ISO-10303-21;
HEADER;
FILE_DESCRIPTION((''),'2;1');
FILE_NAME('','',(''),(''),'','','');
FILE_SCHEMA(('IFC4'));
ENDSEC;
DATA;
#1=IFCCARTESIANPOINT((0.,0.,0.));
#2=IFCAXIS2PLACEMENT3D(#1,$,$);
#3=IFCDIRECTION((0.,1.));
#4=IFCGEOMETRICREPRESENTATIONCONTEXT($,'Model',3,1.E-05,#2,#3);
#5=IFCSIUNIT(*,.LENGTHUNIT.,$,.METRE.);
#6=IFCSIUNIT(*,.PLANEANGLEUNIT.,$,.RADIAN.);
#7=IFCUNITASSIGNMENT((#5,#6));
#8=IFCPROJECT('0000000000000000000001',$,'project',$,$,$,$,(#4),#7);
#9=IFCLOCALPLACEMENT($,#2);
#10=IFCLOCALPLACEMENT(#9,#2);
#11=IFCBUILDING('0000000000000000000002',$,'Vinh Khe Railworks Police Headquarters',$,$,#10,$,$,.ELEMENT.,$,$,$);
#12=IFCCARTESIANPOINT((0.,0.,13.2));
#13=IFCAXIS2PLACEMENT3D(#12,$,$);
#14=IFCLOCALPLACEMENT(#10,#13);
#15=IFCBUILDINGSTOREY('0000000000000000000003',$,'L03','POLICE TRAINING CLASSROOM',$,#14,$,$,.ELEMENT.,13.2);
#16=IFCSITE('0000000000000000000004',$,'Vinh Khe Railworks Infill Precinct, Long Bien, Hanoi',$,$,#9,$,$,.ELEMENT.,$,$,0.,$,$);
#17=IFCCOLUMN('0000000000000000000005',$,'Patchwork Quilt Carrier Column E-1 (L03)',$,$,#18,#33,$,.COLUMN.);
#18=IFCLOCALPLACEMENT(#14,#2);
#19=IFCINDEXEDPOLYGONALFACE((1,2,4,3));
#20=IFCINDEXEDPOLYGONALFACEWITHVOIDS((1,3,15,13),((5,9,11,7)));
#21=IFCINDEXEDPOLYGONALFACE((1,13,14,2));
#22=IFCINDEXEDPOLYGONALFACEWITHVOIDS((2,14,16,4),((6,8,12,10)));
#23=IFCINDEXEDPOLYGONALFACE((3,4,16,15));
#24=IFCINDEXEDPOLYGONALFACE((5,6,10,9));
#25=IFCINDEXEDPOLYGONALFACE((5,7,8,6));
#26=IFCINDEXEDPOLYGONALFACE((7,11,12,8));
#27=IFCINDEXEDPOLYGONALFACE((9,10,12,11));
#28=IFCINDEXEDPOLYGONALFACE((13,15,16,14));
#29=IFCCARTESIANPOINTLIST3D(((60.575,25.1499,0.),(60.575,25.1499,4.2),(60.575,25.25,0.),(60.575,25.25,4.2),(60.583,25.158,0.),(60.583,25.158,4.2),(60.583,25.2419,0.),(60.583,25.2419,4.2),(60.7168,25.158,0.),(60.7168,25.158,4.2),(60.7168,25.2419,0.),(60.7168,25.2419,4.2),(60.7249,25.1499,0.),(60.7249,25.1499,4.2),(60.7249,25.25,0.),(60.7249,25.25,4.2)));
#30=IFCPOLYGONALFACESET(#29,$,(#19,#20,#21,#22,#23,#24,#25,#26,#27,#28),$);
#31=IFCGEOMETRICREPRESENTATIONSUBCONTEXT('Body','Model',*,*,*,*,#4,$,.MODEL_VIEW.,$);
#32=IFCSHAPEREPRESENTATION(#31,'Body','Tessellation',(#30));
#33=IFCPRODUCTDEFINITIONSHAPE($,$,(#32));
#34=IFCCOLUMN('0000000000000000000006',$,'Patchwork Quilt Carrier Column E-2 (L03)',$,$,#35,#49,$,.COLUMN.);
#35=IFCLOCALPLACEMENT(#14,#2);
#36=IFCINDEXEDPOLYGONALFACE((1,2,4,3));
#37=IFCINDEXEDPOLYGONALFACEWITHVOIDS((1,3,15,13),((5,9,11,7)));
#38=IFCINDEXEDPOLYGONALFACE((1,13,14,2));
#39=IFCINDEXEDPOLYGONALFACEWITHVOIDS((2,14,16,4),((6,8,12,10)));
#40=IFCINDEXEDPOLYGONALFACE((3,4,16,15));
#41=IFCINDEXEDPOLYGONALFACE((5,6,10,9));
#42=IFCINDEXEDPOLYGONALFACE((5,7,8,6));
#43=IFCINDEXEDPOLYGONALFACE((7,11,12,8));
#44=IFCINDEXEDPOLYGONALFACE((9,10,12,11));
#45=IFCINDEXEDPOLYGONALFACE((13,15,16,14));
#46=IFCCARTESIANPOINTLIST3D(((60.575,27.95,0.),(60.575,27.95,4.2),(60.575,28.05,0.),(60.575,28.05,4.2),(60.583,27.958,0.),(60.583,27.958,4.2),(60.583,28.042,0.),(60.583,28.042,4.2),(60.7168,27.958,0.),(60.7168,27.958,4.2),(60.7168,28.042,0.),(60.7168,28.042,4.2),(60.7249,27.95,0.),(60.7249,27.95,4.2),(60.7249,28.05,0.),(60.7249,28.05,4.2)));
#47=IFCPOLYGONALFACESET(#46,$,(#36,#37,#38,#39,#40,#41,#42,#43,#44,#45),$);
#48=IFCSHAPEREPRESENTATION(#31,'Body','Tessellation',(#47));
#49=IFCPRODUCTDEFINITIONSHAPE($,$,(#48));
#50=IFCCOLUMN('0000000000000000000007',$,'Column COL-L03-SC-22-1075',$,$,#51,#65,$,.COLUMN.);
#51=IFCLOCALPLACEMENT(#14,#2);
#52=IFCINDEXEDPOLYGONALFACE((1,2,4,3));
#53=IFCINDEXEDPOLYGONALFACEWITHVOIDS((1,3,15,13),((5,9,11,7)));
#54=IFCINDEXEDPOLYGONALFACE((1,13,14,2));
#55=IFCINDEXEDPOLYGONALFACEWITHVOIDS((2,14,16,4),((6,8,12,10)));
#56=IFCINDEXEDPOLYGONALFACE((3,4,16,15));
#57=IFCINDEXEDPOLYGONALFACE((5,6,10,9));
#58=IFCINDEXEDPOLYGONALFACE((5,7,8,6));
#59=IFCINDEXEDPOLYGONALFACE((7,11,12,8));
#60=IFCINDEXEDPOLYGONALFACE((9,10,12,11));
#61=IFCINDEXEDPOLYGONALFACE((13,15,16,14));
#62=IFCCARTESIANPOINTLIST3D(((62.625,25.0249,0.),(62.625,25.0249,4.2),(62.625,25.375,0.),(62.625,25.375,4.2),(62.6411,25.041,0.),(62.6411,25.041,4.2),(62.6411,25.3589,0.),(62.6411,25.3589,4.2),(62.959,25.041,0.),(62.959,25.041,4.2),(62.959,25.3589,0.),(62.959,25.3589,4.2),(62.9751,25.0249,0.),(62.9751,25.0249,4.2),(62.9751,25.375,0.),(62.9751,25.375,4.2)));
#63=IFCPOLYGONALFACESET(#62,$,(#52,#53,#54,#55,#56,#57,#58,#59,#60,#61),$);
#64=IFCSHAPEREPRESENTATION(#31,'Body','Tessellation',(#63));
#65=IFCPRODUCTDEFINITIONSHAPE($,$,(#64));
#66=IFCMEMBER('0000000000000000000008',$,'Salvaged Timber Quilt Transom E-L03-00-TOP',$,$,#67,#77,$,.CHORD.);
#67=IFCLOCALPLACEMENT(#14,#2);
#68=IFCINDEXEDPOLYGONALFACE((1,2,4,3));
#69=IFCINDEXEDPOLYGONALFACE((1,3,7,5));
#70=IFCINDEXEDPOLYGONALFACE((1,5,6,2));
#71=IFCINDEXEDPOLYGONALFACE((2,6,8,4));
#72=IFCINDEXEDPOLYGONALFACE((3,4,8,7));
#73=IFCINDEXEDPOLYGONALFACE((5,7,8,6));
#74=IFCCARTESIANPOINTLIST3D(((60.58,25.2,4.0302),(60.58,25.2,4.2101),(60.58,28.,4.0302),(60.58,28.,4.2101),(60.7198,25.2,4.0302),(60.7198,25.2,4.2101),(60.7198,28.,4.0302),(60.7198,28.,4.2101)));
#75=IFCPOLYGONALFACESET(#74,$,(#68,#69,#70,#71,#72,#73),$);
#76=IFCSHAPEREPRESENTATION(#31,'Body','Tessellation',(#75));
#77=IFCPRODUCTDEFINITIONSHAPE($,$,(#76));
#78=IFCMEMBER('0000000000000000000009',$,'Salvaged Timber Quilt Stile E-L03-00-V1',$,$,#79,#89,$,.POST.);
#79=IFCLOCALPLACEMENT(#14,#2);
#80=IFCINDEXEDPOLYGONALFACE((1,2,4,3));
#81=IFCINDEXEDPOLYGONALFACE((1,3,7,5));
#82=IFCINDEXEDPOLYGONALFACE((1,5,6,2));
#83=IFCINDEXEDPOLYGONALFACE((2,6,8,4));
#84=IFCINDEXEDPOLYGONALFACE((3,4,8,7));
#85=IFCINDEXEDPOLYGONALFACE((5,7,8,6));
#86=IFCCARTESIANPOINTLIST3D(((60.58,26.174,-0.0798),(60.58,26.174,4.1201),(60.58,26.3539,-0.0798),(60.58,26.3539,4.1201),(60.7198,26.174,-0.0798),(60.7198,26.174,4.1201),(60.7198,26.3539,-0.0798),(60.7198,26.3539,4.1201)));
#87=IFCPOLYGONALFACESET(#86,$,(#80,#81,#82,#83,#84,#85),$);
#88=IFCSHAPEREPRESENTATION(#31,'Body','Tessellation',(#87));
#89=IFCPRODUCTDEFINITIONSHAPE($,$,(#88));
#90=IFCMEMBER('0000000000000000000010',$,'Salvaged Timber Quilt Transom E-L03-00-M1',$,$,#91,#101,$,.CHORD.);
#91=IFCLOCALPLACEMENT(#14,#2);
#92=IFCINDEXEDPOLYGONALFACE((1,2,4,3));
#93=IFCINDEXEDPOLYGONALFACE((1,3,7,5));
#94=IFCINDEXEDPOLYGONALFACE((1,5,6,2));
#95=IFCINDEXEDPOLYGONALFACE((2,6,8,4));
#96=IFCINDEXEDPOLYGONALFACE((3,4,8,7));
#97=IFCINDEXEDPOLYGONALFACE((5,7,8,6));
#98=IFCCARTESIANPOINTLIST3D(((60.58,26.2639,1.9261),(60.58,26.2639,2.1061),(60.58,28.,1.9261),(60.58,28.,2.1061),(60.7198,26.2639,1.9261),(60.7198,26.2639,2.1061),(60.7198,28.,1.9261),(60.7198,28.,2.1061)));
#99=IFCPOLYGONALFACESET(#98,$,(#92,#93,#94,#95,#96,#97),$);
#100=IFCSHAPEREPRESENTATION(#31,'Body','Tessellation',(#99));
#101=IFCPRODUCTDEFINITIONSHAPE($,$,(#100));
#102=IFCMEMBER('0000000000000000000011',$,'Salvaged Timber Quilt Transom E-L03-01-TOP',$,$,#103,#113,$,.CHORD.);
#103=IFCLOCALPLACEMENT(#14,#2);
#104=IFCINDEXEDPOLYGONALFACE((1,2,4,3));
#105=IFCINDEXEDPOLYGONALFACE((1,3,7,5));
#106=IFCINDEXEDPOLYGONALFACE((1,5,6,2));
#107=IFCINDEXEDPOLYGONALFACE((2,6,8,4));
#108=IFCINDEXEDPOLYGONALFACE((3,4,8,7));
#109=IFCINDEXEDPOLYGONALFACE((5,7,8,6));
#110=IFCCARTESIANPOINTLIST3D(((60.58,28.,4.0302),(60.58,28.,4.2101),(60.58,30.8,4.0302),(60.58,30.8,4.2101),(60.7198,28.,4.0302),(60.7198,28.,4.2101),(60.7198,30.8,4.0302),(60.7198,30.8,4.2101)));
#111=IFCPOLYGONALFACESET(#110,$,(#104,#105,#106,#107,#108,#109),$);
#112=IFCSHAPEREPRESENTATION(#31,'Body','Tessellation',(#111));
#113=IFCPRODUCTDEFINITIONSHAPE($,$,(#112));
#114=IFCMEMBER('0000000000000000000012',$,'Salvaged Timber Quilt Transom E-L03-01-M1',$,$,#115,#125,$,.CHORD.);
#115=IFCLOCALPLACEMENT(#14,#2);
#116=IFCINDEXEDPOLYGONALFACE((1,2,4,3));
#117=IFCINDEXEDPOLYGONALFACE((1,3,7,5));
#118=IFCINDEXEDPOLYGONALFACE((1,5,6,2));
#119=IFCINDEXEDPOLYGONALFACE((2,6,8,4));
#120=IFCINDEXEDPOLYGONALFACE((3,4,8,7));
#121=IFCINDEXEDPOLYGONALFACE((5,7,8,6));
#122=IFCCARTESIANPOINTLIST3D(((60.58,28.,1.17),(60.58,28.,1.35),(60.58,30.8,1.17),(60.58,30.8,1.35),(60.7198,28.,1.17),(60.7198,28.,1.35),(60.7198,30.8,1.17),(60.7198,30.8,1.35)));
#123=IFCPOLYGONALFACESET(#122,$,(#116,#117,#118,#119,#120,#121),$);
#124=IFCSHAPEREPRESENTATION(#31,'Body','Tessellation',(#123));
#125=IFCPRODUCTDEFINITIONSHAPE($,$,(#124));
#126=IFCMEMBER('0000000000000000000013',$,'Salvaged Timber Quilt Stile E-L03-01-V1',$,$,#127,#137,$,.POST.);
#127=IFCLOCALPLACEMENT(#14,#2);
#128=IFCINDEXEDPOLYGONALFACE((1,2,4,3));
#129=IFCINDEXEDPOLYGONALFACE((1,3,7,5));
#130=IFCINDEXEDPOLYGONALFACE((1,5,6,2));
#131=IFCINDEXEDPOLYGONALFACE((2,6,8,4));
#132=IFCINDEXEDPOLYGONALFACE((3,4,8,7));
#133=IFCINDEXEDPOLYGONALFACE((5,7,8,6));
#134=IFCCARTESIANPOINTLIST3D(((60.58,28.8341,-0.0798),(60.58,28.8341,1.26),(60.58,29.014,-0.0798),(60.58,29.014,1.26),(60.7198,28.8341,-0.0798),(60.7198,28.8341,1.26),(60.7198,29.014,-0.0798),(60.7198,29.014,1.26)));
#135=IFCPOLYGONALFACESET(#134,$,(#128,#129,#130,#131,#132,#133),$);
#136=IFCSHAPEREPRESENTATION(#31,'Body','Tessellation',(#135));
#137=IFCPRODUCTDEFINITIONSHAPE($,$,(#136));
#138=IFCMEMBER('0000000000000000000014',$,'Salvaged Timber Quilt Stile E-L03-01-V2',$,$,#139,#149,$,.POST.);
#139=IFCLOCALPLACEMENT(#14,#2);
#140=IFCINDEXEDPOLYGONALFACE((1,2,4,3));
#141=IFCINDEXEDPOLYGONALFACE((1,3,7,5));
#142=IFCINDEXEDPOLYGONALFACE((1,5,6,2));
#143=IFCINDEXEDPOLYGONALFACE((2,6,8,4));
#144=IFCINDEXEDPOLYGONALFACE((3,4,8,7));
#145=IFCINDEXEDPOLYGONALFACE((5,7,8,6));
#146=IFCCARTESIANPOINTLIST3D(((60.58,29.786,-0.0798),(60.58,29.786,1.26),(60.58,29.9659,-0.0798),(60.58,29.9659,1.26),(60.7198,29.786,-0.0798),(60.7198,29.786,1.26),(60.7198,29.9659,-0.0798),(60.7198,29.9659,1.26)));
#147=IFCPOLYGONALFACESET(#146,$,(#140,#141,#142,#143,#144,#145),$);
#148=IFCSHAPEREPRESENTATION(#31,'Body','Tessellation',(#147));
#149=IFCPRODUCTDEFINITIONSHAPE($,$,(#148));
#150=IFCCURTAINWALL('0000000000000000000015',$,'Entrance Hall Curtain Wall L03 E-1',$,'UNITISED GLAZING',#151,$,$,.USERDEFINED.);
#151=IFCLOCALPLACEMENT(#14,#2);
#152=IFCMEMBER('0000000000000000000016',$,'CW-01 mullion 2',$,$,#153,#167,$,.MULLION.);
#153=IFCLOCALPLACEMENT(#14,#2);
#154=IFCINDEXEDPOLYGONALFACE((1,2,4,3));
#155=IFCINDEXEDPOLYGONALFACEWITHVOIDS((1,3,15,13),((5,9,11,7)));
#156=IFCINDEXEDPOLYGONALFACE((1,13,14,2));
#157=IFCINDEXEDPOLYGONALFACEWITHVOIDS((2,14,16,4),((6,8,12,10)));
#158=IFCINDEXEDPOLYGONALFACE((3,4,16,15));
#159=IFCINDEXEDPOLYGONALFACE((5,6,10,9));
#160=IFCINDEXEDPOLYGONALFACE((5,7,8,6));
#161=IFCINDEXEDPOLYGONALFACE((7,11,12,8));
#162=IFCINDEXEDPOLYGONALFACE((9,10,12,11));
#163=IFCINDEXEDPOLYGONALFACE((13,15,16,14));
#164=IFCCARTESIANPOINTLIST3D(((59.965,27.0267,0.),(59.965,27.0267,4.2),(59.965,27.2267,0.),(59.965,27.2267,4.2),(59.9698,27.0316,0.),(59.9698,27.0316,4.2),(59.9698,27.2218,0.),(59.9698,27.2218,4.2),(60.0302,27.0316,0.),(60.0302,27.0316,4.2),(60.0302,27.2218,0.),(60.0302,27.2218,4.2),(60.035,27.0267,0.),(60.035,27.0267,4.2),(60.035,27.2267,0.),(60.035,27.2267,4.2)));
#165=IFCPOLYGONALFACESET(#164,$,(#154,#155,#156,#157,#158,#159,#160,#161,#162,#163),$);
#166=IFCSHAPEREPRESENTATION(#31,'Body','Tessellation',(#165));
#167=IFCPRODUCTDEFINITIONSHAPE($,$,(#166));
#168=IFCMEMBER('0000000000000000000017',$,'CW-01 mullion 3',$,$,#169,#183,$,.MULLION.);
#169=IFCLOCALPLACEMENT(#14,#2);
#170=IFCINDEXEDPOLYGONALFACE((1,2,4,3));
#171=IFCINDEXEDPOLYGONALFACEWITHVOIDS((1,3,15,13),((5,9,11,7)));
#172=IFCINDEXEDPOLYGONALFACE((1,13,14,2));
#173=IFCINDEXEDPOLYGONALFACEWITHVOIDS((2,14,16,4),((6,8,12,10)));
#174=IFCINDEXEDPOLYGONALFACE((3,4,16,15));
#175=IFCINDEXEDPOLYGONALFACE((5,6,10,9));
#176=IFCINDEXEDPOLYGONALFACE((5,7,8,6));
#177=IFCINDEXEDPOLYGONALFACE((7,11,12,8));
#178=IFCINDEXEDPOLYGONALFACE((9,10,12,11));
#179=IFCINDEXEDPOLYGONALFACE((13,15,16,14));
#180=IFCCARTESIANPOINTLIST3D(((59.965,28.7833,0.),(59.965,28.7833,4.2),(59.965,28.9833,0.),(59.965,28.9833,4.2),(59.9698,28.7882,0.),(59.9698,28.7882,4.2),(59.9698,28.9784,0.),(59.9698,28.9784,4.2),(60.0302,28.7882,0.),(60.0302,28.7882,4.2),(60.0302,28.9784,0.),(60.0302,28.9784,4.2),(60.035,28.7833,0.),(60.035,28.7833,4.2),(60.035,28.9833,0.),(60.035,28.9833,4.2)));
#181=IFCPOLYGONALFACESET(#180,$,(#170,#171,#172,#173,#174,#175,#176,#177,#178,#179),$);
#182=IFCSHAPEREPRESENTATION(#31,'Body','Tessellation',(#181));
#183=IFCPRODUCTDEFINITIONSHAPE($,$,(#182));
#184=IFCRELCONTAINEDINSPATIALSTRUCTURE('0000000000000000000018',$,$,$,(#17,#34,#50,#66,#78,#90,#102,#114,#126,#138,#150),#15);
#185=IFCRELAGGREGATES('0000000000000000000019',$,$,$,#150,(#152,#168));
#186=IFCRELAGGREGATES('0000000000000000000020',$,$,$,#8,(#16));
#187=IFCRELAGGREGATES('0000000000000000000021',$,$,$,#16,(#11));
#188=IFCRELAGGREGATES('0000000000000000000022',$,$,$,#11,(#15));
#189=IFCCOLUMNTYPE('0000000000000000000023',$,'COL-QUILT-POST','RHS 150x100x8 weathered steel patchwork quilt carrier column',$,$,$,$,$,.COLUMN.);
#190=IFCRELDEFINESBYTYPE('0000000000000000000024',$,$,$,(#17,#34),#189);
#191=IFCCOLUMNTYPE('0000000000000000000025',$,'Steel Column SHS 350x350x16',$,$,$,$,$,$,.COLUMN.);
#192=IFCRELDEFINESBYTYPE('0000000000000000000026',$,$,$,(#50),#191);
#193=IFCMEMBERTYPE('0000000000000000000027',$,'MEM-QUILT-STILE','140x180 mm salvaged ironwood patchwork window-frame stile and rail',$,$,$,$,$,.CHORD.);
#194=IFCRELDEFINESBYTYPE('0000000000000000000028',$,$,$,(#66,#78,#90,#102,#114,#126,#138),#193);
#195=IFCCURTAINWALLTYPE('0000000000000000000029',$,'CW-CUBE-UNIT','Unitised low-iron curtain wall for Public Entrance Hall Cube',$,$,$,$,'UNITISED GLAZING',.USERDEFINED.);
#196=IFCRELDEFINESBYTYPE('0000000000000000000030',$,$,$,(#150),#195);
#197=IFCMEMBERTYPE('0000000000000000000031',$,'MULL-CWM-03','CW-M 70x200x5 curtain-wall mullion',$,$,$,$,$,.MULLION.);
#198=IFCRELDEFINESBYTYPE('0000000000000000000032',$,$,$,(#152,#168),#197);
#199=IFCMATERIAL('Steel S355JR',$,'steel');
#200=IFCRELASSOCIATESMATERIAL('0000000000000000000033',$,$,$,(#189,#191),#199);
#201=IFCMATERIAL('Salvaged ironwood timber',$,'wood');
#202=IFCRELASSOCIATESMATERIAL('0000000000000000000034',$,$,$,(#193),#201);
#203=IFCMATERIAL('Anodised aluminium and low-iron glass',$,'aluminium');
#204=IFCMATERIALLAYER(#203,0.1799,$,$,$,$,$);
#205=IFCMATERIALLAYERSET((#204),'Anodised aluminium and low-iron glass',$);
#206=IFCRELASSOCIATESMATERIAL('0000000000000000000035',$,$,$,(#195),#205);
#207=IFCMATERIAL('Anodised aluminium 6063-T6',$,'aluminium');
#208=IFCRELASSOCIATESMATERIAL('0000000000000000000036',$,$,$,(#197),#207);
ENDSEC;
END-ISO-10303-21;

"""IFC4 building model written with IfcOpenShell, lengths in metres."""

from ifc_helpers import new_model, si_unit, direction, frame, origin, origin_2d, place, context, subcontext, project, spatial, rectangle, hollow_rectangle, extrude, material, layer, layer_set, material_profile, profile_set, type_object, element, aggregate, save


model = new_model("IFC4")

# Units and contexts
model_context = context("Model", 3, precision=1e-05, world=origin(), true_north=direction((0.0, 1.0)))
body_context = subcontext(model_context, "Body", "Model", "MODEL_VIEW")
ifc_project = project(units=[si_unit("LENGTHUNIT", "METRE"), si_unit("PLANEANGLEUNIT", "RADIAN")], contexts=[model_context])

# Site, building, storey
site_placement = place(None, origin())
site = spatial("IfcSite", under=ifc_project, at=site_placement, Name="Vinh Khe Railworks Infill Precinct, Long Bien, Hanoi", CompositionType="ELEMENT", RefElevation=0.0)
building_placement = place(site_placement, origin())
building = spatial("IfcBuilding", under=site, at=building_placement, Name="Vinh Khe Railworks Police Headquarters", CompositionType="ELEMENT")
storey_placement = place(building_placement, frame((0.0, 0.0, 13.2)))
storey = spatial("IfcBuildingStorey", under=building, at=storey_placement, Name="L03", Description="POLICE TRAINING CLASSROOM", CompositionType="ELEMENT", Elevation=13.2)

# Columns
ifc_material_1 = material(Name="Steel S355JR", Category="steel")
ifc_material_profile_1 = material_profile(ifc_material_1, hollow_rectangle(XDim=0.1499, YDim=0.1001, WallThickness=0.0081, at=origin_2d()), Name="RHS 150x100x8")
ifc_profile_set_1 = profile_set([ifc_material_profile_1], Name="Steel S355JR")
column_type_1 = type_object("IfcColumnType", Name="COL-QUILT-POST", Description="RHS 150x100x8 weathered steel patchwork quilt carrier column", PredefinedType="COLUMN", material=ifc_profile_set_1)
for number, where, z_axis, x_axis, name in (
    (1, (60.6499, 25.2, 0.0), (0.0, 0.0, 1.0), (1.0, 0.0, 0.0), "Patchwork Quilt Carrier Column E-1 (L03)"),
    (2, (60.6499, 28.0, 0.0), (0.0, 0.0, 1.0), (1.0, 0.0, 0.0), "Patchwork Quilt Carrier Column E-2 (L03)"),
):
    element("IfcColumn", number, at=place(storey_placement, frame(where, z_axis=z_axis, x_axis=x_axis)), inside=storey, type_object=column_type_1, Name=name, PredefinedType="COLUMN", context=body_context, shape_type="SweptSolid", body=[
        extrude(hollow_rectangle(XDim=0.1499, YDim=0.1001, WallThickness=0.0081, at=origin_2d()), origin(), (0.0, 0.0, 1.0), 4.2),
    ])
ifc_material_profile_2 = material_profile(ifc_material_1, hollow_rectangle(XDim=0.3501, YDim=0.3501, WallThickness=0.0161, at=origin_2d()), Name="SHS 350x350x16")
ifc_profile_set_2 = profile_set([ifc_material_profile_2], Name="Steel S355JR")
column_type_2 = type_object("IfcColumnType", Name="Steel Column SHS 350x350x16", PredefinedType="COLUMN", material=ifc_profile_set_2)
column_placement = place(storey_placement, frame((62.8, 25.2, 0.0), z_axis=(0.0, 0.0, 1.0), x_axis=(1.0, 0.0, 0.0)))
element("IfcColumn", 3, at=column_placement, inside=storey, type_object=column_type_2, Name="Column COL-L03-SC-22-1075", PredefinedType="COLUMN", context=body_context, shape_type="SweptSolid", body=[
    extrude(hollow_rectangle(XDim=0.3501, YDim=0.3501, WallThickness=0.0161, at=origin_2d()), origin(), (0.0, 0.0, 1.0), 4.2),
])

# Members
ifc_material_2 = material(Name="Salvaged ironwood timber", Category="wood")
ifc_material_profile_3 = material_profile(ifc_material_2, rectangle(XDim=0.1399, YDim=0.1799, at=origin_2d()), Name="TIMBER 140x180")
ifc_profile_set_3 = profile_set([ifc_material_profile_3], Name="Salvaged ironwood timber")
member_type_1 = type_object("IfcMemberType", Name="MEM-QUILT-STILE", Description="140x180 mm salvaged ironwood patchwork window-frame stile and rail", PredefinedType="CHORD", material=ifc_profile_set_3)
member_1_placement = place(storey_placement, frame((60.6499, 25.2, 4.1201), z_axis=(0.0, 1.0, 0.0), x_axis=(-1.0, 0.0, 0.0)))
element("IfcMember", 4, at=member_1_placement, inside=storey, type_object=member_type_1, Name="Salvaged Timber Quilt Transom E-L03-00-TOP", PredefinedType="CHORD", context=body_context, shape_type="SweptSolid", body=[
    extrude(rectangle(XDim=0.1399, YDim=0.1799, at=origin_2d()), origin(), (0.0, 0.0, 1.0), 2.8),
])
member_2_placement = place(storey_placement, frame((60.6499, 26.2639, -0.0798), z_axis=(0.0, 0.0, 1.0), x_axis=(1.0, 0.0, 0.0)))
element("IfcMember", 5, at=member_2_placement, inside=storey, type_object=member_type_1, Name="Salvaged Timber Quilt Stile E-L03-00-V1", PredefinedType="POST", context=body_context, shape_type="SweptSolid", body=[
    extrude(rectangle(XDim=0.1399, YDim=0.1799, at=origin_2d()), origin(), (0.0, 0.0, 1.0), 4.2),
])
member_3_placement = place(storey_placement, frame((60.6499, 26.2639, 2.0161), z_axis=(0.0, 1.0, 0.0), x_axis=(-1.0, 0.0, 0.0)))
element("IfcMember", 6, at=member_3_placement, inside=storey, type_object=member_type_1, Name="Salvaged Timber Quilt Transom E-L03-00-M1", PredefinedType="CHORD", context=body_context, shape_type="SweptSolid", body=[
    extrude(rectangle(XDim=0.1399, YDim=0.1799, at=origin_2d()), origin(), (0.0, 0.0, 1.0), 1.7361),
])
for number, where, z_axis, x_axis, name in (
    (7, (60.6499, 28.0, 4.1201), (0.0, 1.0, 0.0), (-1.0, 0.0, 0.0), "Salvaged Timber Quilt Transom E-L03-01-TOP"),
    (8, (60.6499, 28.0, 1.26), (0.0, 1.0, 0.0), (-1.0, 0.0, 0.0), "Salvaged Timber Quilt Transom E-L03-01-M1"),
):
    element("IfcMember", number, at=place(storey_placement, frame(where, z_axis=z_axis, x_axis=x_axis)), inside=storey, type_object=member_type_1, Name=name, PredefinedType="CHORD", context=body_context, shape_type="SweptSolid", body=[
        extrude(rectangle(XDim=0.1399, YDim=0.1799, at=origin_2d()), origin(), (0.0, 0.0, 1.0), 2.8),
    ])
for number, where, z_axis, x_axis, name in (
    (9, (60.6499, 28.9241, -0.0798), (0.0, 0.0, 1.0), (1.0, 0.0, 0.0), "Salvaged Timber Quilt Stile E-L03-01-V1"),
    (10, (60.6499, 29.876, -0.0798), (0.0, 0.0, 1.0), (1.0, 0.0, 0.0), "Salvaged Timber Quilt Stile E-L03-01-V2"),
):
    element("IfcMember", number, at=place(storey_placement, frame(where, z_axis=z_axis, x_axis=x_axis)), inside=storey, type_object=member_type_1, Name=name, PredefinedType="POST", context=body_context, shape_type="SweptSolid", body=[
        extrude(rectangle(XDim=0.1399, YDim=0.1799, at=origin_2d()), origin(), (0.0, 0.0, 1.0), 1.3398),
    ])

# Curtain wall, members
ifc_material_3 = material(Name="Anodised aluminium and low-iron glass", Category="aluminium")
ifc_layer_1 = layer(ifc_material_3, 0.1799)
ifc_layer_set_1 = layer_set([ifc_layer_1], Name="Anodised aluminium and low-iron glass")
curtain_wall_type = type_object("IfcCurtainWallType", Name="CW-CUBE-UNIT", Description="Unitised low-iron curtain wall for Public Entrance Hall Cube", ElementType="UNITISED GLAZING", PredefinedType="USERDEFINED", material=ifc_layer_set_1)
curtain_wall_placement = place(storey_placement, origin())
curtain_wall = element("IfcCurtainWall", 11, at=curtain_wall_placement, inside=storey, type_object=curtain_wall_type, Name="Entrance Hall Curtain Wall L03 E-1", ObjectType="UNITISED GLAZING", PredefinedType="USERDEFINED")
ifc_material_4 = material(Name="Anodised aluminium 6063-T6", Category="aluminium")
ifc_material_profile_4 = material_profile(ifc_material_4, hollow_rectangle(XDim=0.0701, YDim=0.2, WallThickness=0.0049, at=origin_2d()), Name="CW-M 70x200x5")
ifc_profile_set_4 = profile_set([ifc_material_profile_4], Name="Anodised aluminium 6063-T6")
member_type_2 = type_object("IfcMemberType", Name="MULL-CWM-03", Description="CW-M 70x200x5 curtain-wall mullion", PredefinedType="MULLION", material=ifc_profile_set_4)
member_4_placement = place(storey_placement, frame((60.0, 27.1267, 0.0), z_axis=(0.0, 0.0, 1.0), x_axis=(-1.0, 0.0, 0.0)))
member_4 = element("IfcMember", 12, at=member_4_placement, type_object=member_type_2, Name="CW-01 mullion 2", PredefinedType="MULLION", context=body_context, shape_type="SweptSolid", body=[
    extrude(hollow_rectangle(XDim=0.0701, YDim=0.2, WallThickness=0.0049, at=origin_2d()), origin(), (0.0, 0.0, 1.0), 4.2),
])
member_5_placement = place(storey_placement, frame((60.0, 28.8833, 0.0), z_axis=(0.0, 0.0, 1.0), x_axis=(-1.0, 0.0, 0.0)))
member_5 = element("IfcMember", 13, at=member_5_placement, type_object=member_type_2, Name="CW-01 mullion 3", PredefinedType="MULLION", context=body_context, shape_type="SweptSolid", body=[
    extrude(hollow_rectangle(XDim=0.0701, YDim=0.2, WallThickness=0.0049, at=origin_2d()), origin(), (0.0, 0.0, 1.0), 4.2),
])
aggregate(curtain_wall, [member_4, member_5])

save(model, "model.ifc")
